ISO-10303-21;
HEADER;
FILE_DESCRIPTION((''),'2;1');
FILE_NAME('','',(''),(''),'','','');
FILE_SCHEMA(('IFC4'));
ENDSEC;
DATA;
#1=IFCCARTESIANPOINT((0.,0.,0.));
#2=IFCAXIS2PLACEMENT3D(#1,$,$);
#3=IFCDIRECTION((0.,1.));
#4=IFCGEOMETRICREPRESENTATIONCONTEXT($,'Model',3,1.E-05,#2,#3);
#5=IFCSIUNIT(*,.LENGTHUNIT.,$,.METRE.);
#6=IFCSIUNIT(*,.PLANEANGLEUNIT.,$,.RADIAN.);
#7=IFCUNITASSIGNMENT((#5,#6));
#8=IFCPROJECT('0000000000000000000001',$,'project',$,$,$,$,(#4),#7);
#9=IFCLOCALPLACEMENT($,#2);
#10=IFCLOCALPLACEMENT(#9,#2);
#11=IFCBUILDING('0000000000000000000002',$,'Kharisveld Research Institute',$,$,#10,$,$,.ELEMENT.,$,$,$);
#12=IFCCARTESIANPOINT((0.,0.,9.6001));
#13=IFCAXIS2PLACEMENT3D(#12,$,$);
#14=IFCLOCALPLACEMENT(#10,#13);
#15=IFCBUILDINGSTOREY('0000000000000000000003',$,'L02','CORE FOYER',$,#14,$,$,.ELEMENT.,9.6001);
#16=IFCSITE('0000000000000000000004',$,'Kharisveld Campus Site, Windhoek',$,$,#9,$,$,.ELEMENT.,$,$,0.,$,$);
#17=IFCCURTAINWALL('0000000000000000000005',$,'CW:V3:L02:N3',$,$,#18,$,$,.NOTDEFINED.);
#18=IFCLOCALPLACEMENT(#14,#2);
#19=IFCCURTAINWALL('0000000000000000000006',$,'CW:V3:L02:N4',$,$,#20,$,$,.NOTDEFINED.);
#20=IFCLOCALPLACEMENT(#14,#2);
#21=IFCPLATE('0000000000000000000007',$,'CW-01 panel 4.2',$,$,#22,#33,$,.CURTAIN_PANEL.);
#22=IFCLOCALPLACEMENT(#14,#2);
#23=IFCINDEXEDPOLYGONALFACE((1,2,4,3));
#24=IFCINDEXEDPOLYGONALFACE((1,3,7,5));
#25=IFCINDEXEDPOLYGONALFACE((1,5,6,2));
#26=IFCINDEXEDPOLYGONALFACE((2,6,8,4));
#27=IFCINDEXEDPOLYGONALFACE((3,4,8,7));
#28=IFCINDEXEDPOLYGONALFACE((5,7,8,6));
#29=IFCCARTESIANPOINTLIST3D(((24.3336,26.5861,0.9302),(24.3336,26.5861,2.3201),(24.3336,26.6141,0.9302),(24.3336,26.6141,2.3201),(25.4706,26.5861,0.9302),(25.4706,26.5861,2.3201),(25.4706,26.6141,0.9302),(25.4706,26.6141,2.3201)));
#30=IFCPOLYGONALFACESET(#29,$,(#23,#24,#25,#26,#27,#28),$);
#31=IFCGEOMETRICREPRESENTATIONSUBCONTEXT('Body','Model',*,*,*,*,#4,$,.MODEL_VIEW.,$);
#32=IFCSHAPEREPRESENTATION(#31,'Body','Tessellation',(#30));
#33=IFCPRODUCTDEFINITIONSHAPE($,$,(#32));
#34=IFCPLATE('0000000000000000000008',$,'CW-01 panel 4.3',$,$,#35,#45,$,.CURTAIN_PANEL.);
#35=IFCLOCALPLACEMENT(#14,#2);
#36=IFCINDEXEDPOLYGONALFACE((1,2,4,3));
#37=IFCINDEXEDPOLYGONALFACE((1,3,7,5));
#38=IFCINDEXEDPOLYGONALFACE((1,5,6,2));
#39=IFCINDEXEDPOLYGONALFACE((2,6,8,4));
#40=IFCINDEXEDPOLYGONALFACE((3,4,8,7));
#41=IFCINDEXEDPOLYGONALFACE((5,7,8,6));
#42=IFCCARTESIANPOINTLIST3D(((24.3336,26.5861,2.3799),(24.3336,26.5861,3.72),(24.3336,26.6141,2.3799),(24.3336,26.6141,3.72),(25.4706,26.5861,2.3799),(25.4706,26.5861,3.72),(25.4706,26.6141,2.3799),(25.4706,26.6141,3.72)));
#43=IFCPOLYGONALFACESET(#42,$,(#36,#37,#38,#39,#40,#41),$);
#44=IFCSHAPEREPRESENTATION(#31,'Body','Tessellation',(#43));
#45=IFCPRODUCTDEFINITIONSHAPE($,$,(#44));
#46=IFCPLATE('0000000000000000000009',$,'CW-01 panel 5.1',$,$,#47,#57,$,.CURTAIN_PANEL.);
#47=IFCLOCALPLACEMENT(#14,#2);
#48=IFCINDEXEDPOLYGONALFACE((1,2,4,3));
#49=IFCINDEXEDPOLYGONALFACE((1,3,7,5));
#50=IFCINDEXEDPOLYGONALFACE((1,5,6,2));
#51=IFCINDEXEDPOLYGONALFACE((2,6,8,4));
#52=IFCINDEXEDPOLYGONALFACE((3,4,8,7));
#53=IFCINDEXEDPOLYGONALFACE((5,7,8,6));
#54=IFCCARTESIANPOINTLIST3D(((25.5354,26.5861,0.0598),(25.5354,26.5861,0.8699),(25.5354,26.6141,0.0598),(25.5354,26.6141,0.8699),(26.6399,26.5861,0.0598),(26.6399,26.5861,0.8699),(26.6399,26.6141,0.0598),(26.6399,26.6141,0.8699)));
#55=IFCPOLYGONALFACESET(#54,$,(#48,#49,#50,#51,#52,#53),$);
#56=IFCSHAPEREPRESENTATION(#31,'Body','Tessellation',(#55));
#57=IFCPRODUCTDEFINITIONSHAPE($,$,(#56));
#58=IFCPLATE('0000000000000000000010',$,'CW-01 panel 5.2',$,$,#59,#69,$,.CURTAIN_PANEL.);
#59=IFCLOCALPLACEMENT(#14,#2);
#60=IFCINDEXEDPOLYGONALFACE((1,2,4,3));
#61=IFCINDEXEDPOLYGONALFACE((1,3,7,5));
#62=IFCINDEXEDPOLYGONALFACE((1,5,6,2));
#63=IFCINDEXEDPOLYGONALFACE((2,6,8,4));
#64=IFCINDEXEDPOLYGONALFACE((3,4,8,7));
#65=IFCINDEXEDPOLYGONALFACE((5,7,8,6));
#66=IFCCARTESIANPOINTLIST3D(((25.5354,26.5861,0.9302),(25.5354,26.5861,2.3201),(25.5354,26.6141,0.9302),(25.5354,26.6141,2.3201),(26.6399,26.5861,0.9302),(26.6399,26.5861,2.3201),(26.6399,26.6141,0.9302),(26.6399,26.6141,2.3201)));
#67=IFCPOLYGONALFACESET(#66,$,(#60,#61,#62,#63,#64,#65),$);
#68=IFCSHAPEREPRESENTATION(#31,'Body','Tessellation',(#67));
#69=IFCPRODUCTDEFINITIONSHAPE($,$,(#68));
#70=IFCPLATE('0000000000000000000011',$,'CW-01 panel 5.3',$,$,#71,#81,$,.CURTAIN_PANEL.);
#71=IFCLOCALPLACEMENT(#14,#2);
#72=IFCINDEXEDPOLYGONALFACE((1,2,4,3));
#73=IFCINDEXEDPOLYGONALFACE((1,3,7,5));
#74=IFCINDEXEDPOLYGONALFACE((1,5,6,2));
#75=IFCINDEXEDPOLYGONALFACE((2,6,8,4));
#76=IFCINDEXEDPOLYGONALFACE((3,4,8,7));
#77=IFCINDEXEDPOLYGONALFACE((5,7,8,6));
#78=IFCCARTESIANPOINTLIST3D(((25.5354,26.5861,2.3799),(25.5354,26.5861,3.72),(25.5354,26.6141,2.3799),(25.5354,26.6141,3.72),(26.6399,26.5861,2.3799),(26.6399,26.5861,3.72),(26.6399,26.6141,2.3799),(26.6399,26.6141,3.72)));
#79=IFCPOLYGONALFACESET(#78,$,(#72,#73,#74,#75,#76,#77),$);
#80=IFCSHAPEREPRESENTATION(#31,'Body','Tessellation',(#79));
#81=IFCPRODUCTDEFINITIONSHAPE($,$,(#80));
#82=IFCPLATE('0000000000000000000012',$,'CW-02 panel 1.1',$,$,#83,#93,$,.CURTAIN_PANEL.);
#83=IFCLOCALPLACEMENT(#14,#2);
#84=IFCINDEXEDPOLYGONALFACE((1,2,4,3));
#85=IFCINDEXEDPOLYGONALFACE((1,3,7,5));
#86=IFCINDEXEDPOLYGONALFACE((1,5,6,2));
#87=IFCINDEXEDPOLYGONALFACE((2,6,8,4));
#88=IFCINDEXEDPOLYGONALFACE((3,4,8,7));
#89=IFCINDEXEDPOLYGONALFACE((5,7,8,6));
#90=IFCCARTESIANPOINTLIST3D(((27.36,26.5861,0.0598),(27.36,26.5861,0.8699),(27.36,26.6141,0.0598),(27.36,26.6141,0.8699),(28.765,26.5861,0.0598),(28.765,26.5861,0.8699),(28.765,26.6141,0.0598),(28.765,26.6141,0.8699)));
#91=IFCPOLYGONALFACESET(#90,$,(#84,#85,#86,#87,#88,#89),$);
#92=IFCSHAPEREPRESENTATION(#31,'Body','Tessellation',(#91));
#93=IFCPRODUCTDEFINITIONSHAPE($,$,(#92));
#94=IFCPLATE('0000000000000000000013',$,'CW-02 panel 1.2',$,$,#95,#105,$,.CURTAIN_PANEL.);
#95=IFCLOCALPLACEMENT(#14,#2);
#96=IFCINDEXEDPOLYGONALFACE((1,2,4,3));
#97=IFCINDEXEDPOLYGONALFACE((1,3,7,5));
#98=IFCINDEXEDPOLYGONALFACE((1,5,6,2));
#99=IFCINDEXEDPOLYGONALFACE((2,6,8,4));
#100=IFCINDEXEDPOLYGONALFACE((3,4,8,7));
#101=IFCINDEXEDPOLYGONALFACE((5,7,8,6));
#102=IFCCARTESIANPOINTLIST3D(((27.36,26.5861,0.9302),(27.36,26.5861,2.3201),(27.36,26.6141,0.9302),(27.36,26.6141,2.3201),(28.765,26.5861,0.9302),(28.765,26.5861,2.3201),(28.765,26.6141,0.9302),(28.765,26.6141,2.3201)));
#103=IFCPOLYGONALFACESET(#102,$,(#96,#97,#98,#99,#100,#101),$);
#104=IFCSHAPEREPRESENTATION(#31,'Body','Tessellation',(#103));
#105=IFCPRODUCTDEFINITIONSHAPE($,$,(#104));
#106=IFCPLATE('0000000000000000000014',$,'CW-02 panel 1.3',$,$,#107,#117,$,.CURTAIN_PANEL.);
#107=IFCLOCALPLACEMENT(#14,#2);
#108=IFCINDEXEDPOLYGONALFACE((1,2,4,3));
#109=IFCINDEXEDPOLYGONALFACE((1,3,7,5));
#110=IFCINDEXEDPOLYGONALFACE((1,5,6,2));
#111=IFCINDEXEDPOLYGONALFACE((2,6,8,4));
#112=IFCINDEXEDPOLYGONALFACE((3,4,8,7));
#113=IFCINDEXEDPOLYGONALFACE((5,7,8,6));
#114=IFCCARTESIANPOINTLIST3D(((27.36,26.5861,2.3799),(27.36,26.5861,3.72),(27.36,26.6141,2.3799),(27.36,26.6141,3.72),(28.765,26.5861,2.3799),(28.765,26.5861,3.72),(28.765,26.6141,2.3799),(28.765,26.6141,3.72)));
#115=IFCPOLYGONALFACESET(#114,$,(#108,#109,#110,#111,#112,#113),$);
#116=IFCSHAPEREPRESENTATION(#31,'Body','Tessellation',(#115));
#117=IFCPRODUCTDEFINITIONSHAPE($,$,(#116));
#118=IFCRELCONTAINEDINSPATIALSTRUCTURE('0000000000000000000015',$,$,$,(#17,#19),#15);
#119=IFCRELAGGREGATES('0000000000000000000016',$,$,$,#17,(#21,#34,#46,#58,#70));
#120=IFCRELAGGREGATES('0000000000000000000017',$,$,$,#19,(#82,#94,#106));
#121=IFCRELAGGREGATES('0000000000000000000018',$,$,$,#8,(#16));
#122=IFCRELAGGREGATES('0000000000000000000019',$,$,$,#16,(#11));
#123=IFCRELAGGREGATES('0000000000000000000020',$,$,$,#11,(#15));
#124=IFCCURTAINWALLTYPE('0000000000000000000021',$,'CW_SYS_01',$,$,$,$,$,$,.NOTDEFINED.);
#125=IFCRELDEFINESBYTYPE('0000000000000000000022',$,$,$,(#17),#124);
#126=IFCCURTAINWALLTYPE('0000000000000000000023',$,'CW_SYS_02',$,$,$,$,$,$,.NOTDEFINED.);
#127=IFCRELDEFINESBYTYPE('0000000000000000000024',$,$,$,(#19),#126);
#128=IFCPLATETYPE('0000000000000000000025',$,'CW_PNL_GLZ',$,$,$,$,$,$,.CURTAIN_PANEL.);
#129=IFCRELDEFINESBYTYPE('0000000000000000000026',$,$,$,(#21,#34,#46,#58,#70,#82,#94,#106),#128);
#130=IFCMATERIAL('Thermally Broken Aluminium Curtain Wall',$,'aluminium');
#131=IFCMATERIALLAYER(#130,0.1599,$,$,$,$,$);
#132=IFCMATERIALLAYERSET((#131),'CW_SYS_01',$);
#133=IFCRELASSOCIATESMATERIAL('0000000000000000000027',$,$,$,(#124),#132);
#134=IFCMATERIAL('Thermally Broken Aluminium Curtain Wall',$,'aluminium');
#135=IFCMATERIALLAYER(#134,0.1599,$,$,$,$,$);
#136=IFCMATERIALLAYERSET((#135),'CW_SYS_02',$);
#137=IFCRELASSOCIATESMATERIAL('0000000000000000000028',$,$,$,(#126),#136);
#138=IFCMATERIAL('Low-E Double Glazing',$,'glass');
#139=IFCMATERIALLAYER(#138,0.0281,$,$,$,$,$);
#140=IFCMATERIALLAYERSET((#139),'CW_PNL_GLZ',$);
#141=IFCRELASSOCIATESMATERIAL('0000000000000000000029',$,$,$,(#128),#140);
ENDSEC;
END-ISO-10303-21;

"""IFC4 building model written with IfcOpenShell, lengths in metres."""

from ifc_helpers import new_model, si_unit, direction, frame, origin, origin_2d, place, context, subcontext, project, spatial, rectangle, extrude, material, layer, layer_set, type_object, element, aggregate, save


model = new_model("IFC4")

# Units and contexts
model_context = context("Model", 3, precision=1e-05, world=origin(), true_north=direction((0.0, 1.0)))
body_context = subcontext(model_context, "Body", "Model", "MODEL_VIEW")
ifc_project = project(units=[si_unit("LENGTHUNIT", "METRE"), si_unit("PLANEANGLEUNIT", "RADIAN")], contexts=[model_context])

# Site, building, storey
site_placement = place(None, origin())
site = spatial("IfcSite", under=ifc_project, at=site_placement, Name="Kharisveld Campus Site, Windhoek", CompositionType="ELEMENT", RefElevation=0.0)
building_placement = place(site_placement, origin())
building = spatial("IfcBuilding", under=site, at=building_placement, Name="Kharisveld Research Institute", CompositionType="ELEMENT")
storey_placement = place(building_placement, frame((0.0, 0.0, 9.6001)))
storey = spatial("IfcBuildingStorey", under=building, at=storey_placement, Name="L02", Description="CORE FOYER", CompositionType="ELEMENT", Elevation=9.6001)

# Curtain wall
ifc_material_1 = material(Name="Thermally Broken Aluminium Curtain Wall", Category="aluminium")
ifc_layer_1 = layer(ifc_material_1, 0.1599)
ifc_layer_set_1 = layer_set([ifc_layer_1], Name="CW_SYS_01")
curtain_wall_type_1 = type_object("IfcCurtainWallType", Name="CW_SYS_01", PredefinedType="NOTDEFINED", material=ifc_layer_set_1)
curtain_wall_1_placement = place(storey_placement, origin())
curtain_wall_1 = element("IfcCurtainWall", 1, at=curtain_wall_1_placement, inside=storey, type_object=curtain_wall_type_1, Name="CW:V3:L02:N3", PredefinedType="NOTDEFINED")

# Curtain wall
ifc_material_2 = material(Name="Thermally Broken Aluminium Curtain Wall", Category="aluminium")
ifc_layer_2 = layer(ifc_material_2, 0.1599)
ifc_layer_set_2 = layer_set([ifc_layer_2], Name="CW_SYS_02")
curtain_wall_type_2 = type_object("IfcCurtainWallType", Name="CW_SYS_02", PredefinedType="NOTDEFINED", material=ifc_layer_set_2)
curtain_wall_2_placement = place(storey_placement, origin())
curtain_wall_2 = element("IfcCurtainWall", 2, at=curtain_wall_2_placement, inside=storey, type_object=curtain_wall_type_2, Name="CW:V3:L02:N4", PredefinedType="NOTDEFINED")

# Plates
ifc_material_3 = material(Name="Low-E Double Glazing", Category="glass")
ifc_layer_3 = layer(ifc_material_3, 0.0281)
ifc_layer_set_3 = layer_set([ifc_layer_3], Name="CW_PNL_GLZ")
plate_type = type_object("IfcPlateType", Name="CW_PNL_GLZ", PredefinedType="CURTAIN_PANEL", material=ifc_layer_set_3)
plate_1_placement = place(storey_placement, frame((24.9021, 26.6001, 0.9302), z_axis=(0.0, 0.0, 1.0), x_axis=(1.0, 0.0, 0.0)))
plate_1 = element("IfcPlate", 3, at=plate_1_placement, type_object=plate_type, Name="CW-01 panel 4.2", PredefinedType="CURTAIN_PANEL", context=body_context, shape_type="SweptSolid", body=[
    extrude(rectangle(XDim=1.137, YDim=0.0281, at=origin_2d()), origin(), (0.0, 0.0, 1.0), 1.3899),
])
plate_2_placement = place(storey_placement, frame((24.9021, 26.6001, 2.3799), z_axis=(0.0, 0.0, 1.0), x_axis=(1.0, 0.0, 0.0)))
plate_2 = element("IfcPlate", 4, at=plate_2_placement, type_object=plate_type, Name="CW-01 panel 4.3", PredefinedType="CURTAIN_PANEL", context=body_context, shape_type="SweptSolid", body=[
    extrude(rectangle(XDim=1.137, YDim=0.0281, at=origin_2d()), origin(), (0.0, 0.0, 1.0), 1.3401),
])
plate_3_placement = place(storey_placement, frame((26.0876, 26.6001, 0.0598), z_axis=(0.0, 0.0, 1.0), x_axis=(1.0, 0.0, 0.0)))
plate_3 = element("IfcPlate", 5, at=plate_3_placement, type_object=plate_type, Name="CW-01 panel 5.1", PredefinedType="CURTAIN_PANEL", context=body_context, shape_type="SweptSolid", body=[
    extrude(rectangle(XDim=1.1045, YDim=0.0281, at=origin_2d()), origin(), (0.0, 0.0, 1.0), 0.8101),
])
plate_4_placement = place(storey_placement, frame((26.0876, 26.6001, 0.9302), z_axis=(0.0, 0.0, 1.0), x_axis=(1.0, 0.0, 0.0)))
plate_4 = element("IfcPlate", 6, at=plate_4_placement, type_object=plate_type, Name="CW-01 panel 5.2", PredefinedType="CURTAIN_PANEL", context=body_context, shape_type="SweptSolid", body=[
    extrude(rectangle(XDim=1.1045, YDim=0.0281, at=origin_2d()), origin(), (0.0, 0.0, 1.0), 1.3899),
])
plate_5_placement = place(storey_placement, frame((26.0876, 26.6001, 2.3799), z_axis=(0.0, 0.0, 1.0), x_axis=(1.0, 0.0, 0.0)))
plate_5 = element("IfcPlate", 7, at=plate_5_placement, type_object=plate_type, Name="CW-01 panel 5.3", PredefinedType="CURTAIN_PANEL", context=body_context, shape_type="SweptSolid", body=[
    extrude(rectangle(XDim=1.1045, YDim=0.0281, at=origin_2d()), origin(), (0.0, 0.0, 1.0), 1.3401),
])
aggregate(curtain_wall_1, [plate_1, plate_2, plate_3, plate_4, plate_5])
plate_6_placement = place(storey_placement, frame((28.0625, 26.6001, 0.0598), z_axis=(0.0, 0.0, 1.0), x_axis=(1.0, 0.0, 0.0)))
plate_6 = element("IfcPlate", 8, at=plate_6_placement, type_object=plate_type, Name="CW-02 panel 1.1", PredefinedType="CURTAIN_PANEL", context=body_context, shape_type="SweptSolid", body=[
    extrude(rectangle(XDim=1.405, YDim=0.0281, at=origin_2d()), origin(), (0.0, 0.0, 1.0), 0.8101),
])
plate_7_placement = place(storey_placement, frame((28.0625, 26.6001, 0.9302), z_axis=(0.0, 0.0, 1.0), x_axis=(1.0, 0.0, 0.0)))
plate_7 = element("IfcPlate", 9, at=plate_7_placement, type_object=plate_type, Name="CW-02 panel 1.2", PredefinedType="CURTAIN_PANEL", context=body_context, shape_type="SweptSolid", body=[
    extrude(rectangle(XDim=1.405, YDim=0.0281, at=origin_2d()), origin(), (0.0, 0.0, 1.0), 1.3899),
])
plate_8_placement = place(storey_placement, frame((28.0625, 26.6001, 2.3799), z_axis=(0.0, 0.0, 1.0), x_axis=(1.0, 0.0, 0.0)))
plate_8 = element("IfcPlate", 10, at=plate_8_placement, type_object=plate_type, Name="CW-02 panel 1.3", PredefinedType="CURTAIN_PANEL", context=body_context, shape_type="SweptSolid", body=[
    extrude(rectangle(XDim=1.405, YDim=0.0281, at=origin_2d()), origin(), (0.0, 0.0, 1.0), 1.3401),
])
aggregate(curtain_wall_2, [plate_6, plate_7, plate_8])

save(model, "model.ifc")
